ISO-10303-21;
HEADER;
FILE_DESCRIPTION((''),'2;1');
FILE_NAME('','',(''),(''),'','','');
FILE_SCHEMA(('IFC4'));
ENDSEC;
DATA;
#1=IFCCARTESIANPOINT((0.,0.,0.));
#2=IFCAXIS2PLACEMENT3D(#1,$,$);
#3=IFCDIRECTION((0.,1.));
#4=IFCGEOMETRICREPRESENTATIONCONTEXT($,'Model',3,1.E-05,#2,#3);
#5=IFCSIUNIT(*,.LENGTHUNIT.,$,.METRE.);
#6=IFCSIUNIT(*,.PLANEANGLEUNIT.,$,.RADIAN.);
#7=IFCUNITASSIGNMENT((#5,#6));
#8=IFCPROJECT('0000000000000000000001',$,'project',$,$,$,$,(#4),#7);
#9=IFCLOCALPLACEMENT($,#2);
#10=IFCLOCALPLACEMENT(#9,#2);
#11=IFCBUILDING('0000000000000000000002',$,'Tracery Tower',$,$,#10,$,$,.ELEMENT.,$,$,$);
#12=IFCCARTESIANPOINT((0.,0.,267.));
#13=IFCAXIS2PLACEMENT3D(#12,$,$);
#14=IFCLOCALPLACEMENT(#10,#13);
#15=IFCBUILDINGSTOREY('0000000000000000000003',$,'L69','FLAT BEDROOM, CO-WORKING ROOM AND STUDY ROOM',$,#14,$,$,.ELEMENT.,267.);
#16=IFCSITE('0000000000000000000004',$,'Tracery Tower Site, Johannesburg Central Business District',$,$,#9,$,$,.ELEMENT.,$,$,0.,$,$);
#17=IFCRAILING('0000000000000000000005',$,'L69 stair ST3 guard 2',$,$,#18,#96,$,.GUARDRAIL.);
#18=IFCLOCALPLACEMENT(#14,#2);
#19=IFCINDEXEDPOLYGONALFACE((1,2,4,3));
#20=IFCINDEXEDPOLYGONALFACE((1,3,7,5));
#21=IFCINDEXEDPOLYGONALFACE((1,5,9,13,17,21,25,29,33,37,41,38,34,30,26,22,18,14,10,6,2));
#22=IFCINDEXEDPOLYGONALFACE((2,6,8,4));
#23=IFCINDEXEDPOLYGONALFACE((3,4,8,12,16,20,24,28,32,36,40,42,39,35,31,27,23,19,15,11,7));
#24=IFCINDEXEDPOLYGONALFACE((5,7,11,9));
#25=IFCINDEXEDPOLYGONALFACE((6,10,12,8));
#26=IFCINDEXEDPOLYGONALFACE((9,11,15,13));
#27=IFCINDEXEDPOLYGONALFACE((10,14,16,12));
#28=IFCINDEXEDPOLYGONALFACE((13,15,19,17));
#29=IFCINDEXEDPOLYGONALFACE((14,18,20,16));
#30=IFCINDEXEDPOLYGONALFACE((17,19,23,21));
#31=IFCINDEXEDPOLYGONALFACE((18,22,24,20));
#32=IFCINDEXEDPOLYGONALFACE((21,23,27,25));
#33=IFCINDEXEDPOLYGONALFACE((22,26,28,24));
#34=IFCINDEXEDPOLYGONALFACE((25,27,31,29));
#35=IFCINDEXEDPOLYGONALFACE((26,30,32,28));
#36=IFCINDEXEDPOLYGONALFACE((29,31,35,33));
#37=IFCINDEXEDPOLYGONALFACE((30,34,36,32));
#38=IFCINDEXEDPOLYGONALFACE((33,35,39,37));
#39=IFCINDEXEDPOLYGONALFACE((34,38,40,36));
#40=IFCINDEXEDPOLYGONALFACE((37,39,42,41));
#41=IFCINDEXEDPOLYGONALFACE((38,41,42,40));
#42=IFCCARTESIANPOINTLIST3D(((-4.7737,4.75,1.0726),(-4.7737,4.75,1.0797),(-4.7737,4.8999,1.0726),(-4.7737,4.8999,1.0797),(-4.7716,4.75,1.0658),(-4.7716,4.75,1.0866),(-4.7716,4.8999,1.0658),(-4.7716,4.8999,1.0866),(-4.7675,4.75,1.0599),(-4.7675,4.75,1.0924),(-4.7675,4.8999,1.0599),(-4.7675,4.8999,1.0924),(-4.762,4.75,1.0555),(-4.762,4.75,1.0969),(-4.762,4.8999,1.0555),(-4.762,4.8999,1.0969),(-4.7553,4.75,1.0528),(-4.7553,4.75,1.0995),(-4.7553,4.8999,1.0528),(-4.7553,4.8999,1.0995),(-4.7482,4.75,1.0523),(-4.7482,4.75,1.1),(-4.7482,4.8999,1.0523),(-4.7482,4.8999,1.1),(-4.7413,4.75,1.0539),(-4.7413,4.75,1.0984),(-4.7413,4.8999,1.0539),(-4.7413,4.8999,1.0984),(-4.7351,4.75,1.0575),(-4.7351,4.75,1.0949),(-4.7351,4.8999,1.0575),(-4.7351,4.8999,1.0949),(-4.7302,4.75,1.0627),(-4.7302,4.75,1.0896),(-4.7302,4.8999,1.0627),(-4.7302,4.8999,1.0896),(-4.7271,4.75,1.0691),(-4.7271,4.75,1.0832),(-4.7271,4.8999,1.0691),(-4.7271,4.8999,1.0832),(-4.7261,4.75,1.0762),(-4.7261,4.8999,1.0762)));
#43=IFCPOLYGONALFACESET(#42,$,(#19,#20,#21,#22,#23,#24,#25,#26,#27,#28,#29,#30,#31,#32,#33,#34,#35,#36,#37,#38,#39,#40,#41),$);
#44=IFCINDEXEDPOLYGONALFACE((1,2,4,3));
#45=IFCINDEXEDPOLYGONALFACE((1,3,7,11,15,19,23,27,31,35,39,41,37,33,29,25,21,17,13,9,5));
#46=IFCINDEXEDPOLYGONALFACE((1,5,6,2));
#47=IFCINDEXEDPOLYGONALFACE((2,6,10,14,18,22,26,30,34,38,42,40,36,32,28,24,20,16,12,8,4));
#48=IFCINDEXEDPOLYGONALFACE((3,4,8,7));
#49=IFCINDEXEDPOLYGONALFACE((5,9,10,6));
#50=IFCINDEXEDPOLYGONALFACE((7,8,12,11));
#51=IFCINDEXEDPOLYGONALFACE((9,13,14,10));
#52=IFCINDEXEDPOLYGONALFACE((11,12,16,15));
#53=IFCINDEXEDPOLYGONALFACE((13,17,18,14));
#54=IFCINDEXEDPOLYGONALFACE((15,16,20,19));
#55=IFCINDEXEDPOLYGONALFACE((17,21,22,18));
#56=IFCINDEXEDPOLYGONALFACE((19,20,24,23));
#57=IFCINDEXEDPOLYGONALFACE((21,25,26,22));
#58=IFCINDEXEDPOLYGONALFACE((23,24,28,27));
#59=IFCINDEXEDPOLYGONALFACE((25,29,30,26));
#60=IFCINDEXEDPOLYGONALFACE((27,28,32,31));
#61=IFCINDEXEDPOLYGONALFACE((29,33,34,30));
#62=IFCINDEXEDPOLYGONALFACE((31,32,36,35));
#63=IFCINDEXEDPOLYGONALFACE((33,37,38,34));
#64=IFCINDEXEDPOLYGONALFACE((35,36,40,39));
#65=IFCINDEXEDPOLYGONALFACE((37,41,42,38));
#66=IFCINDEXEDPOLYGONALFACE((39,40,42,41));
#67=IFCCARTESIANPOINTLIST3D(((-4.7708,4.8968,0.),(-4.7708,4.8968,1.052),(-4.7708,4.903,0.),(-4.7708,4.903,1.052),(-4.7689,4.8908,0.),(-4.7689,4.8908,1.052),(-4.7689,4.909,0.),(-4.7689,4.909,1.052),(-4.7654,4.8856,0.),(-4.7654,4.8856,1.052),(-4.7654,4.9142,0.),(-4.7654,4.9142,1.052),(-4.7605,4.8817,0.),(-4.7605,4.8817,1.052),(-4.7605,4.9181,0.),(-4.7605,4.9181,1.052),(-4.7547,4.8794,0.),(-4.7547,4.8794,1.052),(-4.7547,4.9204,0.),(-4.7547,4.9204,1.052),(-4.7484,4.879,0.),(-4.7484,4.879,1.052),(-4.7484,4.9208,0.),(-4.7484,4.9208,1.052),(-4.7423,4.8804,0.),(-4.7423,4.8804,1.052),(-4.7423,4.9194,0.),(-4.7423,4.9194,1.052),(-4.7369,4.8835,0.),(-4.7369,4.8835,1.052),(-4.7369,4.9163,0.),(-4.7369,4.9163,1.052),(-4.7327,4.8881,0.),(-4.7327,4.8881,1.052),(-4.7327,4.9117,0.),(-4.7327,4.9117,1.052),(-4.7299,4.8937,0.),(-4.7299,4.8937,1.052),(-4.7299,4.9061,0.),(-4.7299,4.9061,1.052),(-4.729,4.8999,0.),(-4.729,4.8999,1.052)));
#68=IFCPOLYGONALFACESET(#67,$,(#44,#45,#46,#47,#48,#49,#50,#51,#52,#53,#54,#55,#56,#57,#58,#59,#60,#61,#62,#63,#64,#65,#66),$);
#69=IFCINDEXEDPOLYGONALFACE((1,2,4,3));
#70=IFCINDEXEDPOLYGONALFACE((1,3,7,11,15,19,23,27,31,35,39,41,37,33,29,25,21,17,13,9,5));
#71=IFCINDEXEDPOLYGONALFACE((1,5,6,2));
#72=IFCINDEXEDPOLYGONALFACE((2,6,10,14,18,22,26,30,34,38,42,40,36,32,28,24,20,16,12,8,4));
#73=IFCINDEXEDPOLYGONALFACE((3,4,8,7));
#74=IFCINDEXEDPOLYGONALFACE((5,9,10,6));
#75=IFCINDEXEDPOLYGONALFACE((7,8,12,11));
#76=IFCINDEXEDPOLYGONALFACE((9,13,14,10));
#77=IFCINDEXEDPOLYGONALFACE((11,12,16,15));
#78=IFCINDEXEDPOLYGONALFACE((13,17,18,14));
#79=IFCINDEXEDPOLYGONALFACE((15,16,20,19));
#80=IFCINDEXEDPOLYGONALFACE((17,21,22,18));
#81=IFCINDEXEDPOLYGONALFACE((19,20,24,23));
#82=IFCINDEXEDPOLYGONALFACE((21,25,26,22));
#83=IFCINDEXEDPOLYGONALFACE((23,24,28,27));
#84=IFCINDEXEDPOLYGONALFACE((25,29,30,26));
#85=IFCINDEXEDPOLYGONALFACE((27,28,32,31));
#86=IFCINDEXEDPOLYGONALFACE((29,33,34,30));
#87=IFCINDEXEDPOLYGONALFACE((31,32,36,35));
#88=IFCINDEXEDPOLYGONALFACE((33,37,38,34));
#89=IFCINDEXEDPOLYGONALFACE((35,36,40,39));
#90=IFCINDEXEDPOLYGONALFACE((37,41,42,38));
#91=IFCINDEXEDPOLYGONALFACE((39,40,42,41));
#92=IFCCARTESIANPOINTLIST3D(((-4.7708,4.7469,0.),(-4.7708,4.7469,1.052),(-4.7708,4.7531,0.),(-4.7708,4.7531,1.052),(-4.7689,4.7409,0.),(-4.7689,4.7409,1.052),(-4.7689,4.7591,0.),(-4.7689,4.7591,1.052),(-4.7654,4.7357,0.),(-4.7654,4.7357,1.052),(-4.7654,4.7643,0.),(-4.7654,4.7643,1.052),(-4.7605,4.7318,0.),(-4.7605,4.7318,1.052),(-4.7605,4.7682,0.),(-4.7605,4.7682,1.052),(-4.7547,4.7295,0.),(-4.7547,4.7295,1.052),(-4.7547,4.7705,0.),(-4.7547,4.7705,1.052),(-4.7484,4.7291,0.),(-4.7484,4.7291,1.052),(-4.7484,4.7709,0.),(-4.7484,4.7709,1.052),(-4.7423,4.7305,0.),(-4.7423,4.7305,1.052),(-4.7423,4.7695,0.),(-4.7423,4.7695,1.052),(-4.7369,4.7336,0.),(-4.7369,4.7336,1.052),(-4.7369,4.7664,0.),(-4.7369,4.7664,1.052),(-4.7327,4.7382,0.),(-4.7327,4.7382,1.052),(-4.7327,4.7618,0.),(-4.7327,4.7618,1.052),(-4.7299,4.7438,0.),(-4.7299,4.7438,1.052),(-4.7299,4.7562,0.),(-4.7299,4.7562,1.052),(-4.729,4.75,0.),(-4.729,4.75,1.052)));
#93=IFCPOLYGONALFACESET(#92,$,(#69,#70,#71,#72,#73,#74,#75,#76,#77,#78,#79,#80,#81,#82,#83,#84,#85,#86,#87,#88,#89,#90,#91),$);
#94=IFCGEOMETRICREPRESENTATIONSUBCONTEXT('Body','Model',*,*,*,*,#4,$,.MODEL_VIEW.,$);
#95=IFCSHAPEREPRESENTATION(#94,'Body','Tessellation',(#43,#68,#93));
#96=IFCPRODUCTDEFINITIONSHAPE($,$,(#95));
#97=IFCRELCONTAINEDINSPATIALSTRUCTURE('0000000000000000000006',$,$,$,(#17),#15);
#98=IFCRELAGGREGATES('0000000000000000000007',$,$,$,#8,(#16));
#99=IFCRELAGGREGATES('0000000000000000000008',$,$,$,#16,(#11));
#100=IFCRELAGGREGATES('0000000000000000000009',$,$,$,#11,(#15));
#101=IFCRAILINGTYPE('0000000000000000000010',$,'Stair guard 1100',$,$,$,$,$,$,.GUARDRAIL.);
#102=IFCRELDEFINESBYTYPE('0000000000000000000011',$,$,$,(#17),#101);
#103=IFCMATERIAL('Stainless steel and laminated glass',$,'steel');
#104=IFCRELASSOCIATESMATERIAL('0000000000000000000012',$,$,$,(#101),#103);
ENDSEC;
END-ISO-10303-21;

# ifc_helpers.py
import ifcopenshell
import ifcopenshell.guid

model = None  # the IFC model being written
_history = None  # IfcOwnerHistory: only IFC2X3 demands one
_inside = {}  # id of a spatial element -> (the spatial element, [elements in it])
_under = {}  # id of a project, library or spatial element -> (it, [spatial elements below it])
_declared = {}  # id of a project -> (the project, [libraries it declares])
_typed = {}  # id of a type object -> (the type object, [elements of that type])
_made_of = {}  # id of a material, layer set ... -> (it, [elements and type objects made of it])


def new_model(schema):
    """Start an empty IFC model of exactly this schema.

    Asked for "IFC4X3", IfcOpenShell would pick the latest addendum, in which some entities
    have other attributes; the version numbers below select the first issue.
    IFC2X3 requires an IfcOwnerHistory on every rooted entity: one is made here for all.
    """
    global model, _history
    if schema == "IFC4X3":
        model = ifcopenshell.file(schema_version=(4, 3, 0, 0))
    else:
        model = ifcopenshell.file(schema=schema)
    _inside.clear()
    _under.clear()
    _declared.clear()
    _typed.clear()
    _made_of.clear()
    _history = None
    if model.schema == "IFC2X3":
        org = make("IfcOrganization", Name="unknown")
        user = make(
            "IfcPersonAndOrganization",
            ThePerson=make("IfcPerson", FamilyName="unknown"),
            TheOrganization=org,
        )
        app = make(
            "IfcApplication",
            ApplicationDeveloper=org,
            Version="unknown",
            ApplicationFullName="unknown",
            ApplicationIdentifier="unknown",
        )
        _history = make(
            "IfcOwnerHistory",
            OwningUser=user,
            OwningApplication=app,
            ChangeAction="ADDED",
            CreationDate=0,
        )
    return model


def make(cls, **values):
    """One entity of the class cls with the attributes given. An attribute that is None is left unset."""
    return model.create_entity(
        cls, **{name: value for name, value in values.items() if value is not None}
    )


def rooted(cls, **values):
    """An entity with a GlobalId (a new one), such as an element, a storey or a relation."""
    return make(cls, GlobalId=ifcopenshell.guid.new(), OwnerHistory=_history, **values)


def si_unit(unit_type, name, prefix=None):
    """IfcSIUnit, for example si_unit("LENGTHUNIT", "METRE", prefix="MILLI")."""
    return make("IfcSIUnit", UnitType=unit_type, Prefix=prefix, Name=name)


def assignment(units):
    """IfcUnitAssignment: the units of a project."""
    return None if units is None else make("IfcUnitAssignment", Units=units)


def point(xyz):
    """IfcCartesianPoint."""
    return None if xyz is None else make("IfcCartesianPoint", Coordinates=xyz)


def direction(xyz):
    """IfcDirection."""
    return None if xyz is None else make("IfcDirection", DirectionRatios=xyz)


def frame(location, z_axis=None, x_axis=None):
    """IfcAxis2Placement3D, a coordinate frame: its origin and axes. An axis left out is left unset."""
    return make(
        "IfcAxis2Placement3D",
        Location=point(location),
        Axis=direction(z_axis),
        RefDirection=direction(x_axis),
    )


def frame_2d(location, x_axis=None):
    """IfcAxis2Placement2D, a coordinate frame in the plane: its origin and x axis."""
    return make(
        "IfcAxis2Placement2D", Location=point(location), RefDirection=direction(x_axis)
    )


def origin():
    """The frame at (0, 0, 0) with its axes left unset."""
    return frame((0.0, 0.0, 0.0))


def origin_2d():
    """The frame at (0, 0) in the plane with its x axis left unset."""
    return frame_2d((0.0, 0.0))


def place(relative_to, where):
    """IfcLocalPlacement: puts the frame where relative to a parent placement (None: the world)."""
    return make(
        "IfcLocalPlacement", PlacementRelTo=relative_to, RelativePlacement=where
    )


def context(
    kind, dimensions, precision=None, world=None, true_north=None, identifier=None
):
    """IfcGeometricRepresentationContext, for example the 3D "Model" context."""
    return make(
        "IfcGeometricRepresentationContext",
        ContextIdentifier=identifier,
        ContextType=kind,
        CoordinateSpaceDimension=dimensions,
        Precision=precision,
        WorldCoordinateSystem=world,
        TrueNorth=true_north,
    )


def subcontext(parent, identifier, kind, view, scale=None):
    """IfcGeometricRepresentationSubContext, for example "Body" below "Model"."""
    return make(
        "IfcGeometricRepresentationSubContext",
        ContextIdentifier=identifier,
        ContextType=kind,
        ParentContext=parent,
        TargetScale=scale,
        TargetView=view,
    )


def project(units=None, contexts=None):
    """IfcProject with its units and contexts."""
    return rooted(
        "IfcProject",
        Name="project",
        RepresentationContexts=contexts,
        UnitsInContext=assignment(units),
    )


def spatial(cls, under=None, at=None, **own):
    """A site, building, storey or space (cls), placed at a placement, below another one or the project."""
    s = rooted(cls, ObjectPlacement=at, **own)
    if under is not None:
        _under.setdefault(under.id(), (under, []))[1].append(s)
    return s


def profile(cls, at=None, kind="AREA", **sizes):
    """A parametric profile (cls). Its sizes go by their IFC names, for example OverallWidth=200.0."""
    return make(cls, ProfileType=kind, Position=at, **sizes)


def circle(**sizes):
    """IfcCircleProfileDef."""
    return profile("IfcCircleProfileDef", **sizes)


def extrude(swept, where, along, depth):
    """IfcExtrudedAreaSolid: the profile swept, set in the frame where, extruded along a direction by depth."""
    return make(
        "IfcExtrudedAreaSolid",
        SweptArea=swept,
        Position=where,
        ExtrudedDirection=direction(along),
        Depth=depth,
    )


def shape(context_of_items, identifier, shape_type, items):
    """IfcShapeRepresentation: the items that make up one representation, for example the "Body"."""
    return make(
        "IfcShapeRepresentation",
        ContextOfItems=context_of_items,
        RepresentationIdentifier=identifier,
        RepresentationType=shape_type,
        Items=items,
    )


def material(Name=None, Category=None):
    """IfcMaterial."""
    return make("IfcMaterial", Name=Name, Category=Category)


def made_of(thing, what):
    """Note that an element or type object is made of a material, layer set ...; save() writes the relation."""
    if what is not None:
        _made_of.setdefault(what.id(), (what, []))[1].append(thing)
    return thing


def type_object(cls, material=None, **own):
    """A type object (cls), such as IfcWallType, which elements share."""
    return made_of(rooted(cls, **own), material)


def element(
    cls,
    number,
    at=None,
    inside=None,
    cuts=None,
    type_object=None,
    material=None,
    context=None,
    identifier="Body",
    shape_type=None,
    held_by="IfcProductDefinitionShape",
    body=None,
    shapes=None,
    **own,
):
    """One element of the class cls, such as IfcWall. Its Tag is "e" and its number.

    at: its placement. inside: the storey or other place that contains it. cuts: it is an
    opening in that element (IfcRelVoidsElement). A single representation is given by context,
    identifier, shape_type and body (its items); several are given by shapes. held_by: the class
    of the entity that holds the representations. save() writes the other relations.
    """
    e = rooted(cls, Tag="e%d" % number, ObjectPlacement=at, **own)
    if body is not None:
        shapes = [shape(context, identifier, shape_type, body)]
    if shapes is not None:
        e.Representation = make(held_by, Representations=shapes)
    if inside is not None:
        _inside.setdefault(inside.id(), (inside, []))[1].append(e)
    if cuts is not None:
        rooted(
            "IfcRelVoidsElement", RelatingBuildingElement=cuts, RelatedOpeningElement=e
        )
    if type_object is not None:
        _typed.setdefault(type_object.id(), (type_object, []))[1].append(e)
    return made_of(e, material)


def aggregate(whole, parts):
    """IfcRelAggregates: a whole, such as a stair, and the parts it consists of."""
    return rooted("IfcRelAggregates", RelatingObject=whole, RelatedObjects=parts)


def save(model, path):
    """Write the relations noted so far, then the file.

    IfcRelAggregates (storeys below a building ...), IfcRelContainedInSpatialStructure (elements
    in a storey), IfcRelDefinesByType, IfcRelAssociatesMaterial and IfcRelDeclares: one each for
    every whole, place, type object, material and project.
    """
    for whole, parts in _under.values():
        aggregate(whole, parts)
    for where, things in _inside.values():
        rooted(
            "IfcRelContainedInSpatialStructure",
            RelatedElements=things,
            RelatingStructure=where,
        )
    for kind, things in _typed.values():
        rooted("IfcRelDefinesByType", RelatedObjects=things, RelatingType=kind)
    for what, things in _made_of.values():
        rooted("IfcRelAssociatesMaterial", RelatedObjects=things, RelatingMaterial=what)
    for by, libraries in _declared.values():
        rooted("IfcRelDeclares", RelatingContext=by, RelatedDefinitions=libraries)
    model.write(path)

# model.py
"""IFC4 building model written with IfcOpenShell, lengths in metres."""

from ifc_helpers import new_model, si_unit, direction, frame, origin, origin_2d, place, context, subcontext, project, spatial, circle, extrude, material, type_object, element, save


model = new_model("IFC4")

# Units and contexts
model_context = context("Model", 3, precision=1e-05, world=origin(), true_north=direction((0.0, 1.0)))
body_context = subcontext(model_context, "Body", "Model", "MODEL_VIEW")
ifc_project = project(units=[si_unit("LENGTHUNIT", "METRE"), si_unit("PLANEANGLEUNIT", "RADIAN")], contexts=[model_context])

# Site, building, storey
site_placement = place(None, origin())
site = spatial("IfcSite", under=ifc_project, at=site_placement, Name="Tracery Tower Site, Johannesburg Central Business District", CompositionType="ELEMENT", RefElevation=0.0)
building_placement = place(site_placement, origin())
building = spatial("IfcBuilding", under=site, at=building_placement, Name="Tracery Tower", CompositionType="ELEMENT")
storey_placement = place(building_placement, frame((0.0, 0.0, 267.0)))
storey = spatial("IfcBuildingStorey", under=building, at=storey_placement, Name="L69", Description="FLAT BEDROOM, CO-WORKING ROOM AND STUDY ROOM", CompositionType="ELEMENT", Elevation=267.0)

# Railing
ifc_material_1 = material(Name="Stainless steel and laminated glass", Category="steel")
railing_type_1 = type_object("IfcRailingType", Name="Stair guard 1100", PredefinedType="GUARDRAIL", material=ifc_material_1)
railing_1_placement = place(storey_placement, frame((-4.75, 4.8999, 0.0)))
element("IfcRailing", 1, at=railing_1_placement, inside=storey, type_object=railing_type_1, Name="L69 stair ST3 guard 2", PredefinedType="GUARDRAIL", context=body_context, shape_type="SweptSolid", body=[
    extrude(circle(Radius=0.0239, at=origin_2d()), frame((0.0, 0.0, 1.0762), z_axis=(0.0, -1.0, 0.0), x_axis=(1.0, 0.0, 0.0)), (0.0, 0.0, 1.0), 0.1499),
    extrude(circle(Radius=0.021, at=origin_2d()), origin(), (0.0, 0.0, 1.0), 1.052),
    extrude(circle(Radius=0.021, at=origin_2d()), frame((0.0, -0.1499, 0.0)), (0.0, 0.0, 1.0), 1.052),
])

save(model, "model.ifc")
